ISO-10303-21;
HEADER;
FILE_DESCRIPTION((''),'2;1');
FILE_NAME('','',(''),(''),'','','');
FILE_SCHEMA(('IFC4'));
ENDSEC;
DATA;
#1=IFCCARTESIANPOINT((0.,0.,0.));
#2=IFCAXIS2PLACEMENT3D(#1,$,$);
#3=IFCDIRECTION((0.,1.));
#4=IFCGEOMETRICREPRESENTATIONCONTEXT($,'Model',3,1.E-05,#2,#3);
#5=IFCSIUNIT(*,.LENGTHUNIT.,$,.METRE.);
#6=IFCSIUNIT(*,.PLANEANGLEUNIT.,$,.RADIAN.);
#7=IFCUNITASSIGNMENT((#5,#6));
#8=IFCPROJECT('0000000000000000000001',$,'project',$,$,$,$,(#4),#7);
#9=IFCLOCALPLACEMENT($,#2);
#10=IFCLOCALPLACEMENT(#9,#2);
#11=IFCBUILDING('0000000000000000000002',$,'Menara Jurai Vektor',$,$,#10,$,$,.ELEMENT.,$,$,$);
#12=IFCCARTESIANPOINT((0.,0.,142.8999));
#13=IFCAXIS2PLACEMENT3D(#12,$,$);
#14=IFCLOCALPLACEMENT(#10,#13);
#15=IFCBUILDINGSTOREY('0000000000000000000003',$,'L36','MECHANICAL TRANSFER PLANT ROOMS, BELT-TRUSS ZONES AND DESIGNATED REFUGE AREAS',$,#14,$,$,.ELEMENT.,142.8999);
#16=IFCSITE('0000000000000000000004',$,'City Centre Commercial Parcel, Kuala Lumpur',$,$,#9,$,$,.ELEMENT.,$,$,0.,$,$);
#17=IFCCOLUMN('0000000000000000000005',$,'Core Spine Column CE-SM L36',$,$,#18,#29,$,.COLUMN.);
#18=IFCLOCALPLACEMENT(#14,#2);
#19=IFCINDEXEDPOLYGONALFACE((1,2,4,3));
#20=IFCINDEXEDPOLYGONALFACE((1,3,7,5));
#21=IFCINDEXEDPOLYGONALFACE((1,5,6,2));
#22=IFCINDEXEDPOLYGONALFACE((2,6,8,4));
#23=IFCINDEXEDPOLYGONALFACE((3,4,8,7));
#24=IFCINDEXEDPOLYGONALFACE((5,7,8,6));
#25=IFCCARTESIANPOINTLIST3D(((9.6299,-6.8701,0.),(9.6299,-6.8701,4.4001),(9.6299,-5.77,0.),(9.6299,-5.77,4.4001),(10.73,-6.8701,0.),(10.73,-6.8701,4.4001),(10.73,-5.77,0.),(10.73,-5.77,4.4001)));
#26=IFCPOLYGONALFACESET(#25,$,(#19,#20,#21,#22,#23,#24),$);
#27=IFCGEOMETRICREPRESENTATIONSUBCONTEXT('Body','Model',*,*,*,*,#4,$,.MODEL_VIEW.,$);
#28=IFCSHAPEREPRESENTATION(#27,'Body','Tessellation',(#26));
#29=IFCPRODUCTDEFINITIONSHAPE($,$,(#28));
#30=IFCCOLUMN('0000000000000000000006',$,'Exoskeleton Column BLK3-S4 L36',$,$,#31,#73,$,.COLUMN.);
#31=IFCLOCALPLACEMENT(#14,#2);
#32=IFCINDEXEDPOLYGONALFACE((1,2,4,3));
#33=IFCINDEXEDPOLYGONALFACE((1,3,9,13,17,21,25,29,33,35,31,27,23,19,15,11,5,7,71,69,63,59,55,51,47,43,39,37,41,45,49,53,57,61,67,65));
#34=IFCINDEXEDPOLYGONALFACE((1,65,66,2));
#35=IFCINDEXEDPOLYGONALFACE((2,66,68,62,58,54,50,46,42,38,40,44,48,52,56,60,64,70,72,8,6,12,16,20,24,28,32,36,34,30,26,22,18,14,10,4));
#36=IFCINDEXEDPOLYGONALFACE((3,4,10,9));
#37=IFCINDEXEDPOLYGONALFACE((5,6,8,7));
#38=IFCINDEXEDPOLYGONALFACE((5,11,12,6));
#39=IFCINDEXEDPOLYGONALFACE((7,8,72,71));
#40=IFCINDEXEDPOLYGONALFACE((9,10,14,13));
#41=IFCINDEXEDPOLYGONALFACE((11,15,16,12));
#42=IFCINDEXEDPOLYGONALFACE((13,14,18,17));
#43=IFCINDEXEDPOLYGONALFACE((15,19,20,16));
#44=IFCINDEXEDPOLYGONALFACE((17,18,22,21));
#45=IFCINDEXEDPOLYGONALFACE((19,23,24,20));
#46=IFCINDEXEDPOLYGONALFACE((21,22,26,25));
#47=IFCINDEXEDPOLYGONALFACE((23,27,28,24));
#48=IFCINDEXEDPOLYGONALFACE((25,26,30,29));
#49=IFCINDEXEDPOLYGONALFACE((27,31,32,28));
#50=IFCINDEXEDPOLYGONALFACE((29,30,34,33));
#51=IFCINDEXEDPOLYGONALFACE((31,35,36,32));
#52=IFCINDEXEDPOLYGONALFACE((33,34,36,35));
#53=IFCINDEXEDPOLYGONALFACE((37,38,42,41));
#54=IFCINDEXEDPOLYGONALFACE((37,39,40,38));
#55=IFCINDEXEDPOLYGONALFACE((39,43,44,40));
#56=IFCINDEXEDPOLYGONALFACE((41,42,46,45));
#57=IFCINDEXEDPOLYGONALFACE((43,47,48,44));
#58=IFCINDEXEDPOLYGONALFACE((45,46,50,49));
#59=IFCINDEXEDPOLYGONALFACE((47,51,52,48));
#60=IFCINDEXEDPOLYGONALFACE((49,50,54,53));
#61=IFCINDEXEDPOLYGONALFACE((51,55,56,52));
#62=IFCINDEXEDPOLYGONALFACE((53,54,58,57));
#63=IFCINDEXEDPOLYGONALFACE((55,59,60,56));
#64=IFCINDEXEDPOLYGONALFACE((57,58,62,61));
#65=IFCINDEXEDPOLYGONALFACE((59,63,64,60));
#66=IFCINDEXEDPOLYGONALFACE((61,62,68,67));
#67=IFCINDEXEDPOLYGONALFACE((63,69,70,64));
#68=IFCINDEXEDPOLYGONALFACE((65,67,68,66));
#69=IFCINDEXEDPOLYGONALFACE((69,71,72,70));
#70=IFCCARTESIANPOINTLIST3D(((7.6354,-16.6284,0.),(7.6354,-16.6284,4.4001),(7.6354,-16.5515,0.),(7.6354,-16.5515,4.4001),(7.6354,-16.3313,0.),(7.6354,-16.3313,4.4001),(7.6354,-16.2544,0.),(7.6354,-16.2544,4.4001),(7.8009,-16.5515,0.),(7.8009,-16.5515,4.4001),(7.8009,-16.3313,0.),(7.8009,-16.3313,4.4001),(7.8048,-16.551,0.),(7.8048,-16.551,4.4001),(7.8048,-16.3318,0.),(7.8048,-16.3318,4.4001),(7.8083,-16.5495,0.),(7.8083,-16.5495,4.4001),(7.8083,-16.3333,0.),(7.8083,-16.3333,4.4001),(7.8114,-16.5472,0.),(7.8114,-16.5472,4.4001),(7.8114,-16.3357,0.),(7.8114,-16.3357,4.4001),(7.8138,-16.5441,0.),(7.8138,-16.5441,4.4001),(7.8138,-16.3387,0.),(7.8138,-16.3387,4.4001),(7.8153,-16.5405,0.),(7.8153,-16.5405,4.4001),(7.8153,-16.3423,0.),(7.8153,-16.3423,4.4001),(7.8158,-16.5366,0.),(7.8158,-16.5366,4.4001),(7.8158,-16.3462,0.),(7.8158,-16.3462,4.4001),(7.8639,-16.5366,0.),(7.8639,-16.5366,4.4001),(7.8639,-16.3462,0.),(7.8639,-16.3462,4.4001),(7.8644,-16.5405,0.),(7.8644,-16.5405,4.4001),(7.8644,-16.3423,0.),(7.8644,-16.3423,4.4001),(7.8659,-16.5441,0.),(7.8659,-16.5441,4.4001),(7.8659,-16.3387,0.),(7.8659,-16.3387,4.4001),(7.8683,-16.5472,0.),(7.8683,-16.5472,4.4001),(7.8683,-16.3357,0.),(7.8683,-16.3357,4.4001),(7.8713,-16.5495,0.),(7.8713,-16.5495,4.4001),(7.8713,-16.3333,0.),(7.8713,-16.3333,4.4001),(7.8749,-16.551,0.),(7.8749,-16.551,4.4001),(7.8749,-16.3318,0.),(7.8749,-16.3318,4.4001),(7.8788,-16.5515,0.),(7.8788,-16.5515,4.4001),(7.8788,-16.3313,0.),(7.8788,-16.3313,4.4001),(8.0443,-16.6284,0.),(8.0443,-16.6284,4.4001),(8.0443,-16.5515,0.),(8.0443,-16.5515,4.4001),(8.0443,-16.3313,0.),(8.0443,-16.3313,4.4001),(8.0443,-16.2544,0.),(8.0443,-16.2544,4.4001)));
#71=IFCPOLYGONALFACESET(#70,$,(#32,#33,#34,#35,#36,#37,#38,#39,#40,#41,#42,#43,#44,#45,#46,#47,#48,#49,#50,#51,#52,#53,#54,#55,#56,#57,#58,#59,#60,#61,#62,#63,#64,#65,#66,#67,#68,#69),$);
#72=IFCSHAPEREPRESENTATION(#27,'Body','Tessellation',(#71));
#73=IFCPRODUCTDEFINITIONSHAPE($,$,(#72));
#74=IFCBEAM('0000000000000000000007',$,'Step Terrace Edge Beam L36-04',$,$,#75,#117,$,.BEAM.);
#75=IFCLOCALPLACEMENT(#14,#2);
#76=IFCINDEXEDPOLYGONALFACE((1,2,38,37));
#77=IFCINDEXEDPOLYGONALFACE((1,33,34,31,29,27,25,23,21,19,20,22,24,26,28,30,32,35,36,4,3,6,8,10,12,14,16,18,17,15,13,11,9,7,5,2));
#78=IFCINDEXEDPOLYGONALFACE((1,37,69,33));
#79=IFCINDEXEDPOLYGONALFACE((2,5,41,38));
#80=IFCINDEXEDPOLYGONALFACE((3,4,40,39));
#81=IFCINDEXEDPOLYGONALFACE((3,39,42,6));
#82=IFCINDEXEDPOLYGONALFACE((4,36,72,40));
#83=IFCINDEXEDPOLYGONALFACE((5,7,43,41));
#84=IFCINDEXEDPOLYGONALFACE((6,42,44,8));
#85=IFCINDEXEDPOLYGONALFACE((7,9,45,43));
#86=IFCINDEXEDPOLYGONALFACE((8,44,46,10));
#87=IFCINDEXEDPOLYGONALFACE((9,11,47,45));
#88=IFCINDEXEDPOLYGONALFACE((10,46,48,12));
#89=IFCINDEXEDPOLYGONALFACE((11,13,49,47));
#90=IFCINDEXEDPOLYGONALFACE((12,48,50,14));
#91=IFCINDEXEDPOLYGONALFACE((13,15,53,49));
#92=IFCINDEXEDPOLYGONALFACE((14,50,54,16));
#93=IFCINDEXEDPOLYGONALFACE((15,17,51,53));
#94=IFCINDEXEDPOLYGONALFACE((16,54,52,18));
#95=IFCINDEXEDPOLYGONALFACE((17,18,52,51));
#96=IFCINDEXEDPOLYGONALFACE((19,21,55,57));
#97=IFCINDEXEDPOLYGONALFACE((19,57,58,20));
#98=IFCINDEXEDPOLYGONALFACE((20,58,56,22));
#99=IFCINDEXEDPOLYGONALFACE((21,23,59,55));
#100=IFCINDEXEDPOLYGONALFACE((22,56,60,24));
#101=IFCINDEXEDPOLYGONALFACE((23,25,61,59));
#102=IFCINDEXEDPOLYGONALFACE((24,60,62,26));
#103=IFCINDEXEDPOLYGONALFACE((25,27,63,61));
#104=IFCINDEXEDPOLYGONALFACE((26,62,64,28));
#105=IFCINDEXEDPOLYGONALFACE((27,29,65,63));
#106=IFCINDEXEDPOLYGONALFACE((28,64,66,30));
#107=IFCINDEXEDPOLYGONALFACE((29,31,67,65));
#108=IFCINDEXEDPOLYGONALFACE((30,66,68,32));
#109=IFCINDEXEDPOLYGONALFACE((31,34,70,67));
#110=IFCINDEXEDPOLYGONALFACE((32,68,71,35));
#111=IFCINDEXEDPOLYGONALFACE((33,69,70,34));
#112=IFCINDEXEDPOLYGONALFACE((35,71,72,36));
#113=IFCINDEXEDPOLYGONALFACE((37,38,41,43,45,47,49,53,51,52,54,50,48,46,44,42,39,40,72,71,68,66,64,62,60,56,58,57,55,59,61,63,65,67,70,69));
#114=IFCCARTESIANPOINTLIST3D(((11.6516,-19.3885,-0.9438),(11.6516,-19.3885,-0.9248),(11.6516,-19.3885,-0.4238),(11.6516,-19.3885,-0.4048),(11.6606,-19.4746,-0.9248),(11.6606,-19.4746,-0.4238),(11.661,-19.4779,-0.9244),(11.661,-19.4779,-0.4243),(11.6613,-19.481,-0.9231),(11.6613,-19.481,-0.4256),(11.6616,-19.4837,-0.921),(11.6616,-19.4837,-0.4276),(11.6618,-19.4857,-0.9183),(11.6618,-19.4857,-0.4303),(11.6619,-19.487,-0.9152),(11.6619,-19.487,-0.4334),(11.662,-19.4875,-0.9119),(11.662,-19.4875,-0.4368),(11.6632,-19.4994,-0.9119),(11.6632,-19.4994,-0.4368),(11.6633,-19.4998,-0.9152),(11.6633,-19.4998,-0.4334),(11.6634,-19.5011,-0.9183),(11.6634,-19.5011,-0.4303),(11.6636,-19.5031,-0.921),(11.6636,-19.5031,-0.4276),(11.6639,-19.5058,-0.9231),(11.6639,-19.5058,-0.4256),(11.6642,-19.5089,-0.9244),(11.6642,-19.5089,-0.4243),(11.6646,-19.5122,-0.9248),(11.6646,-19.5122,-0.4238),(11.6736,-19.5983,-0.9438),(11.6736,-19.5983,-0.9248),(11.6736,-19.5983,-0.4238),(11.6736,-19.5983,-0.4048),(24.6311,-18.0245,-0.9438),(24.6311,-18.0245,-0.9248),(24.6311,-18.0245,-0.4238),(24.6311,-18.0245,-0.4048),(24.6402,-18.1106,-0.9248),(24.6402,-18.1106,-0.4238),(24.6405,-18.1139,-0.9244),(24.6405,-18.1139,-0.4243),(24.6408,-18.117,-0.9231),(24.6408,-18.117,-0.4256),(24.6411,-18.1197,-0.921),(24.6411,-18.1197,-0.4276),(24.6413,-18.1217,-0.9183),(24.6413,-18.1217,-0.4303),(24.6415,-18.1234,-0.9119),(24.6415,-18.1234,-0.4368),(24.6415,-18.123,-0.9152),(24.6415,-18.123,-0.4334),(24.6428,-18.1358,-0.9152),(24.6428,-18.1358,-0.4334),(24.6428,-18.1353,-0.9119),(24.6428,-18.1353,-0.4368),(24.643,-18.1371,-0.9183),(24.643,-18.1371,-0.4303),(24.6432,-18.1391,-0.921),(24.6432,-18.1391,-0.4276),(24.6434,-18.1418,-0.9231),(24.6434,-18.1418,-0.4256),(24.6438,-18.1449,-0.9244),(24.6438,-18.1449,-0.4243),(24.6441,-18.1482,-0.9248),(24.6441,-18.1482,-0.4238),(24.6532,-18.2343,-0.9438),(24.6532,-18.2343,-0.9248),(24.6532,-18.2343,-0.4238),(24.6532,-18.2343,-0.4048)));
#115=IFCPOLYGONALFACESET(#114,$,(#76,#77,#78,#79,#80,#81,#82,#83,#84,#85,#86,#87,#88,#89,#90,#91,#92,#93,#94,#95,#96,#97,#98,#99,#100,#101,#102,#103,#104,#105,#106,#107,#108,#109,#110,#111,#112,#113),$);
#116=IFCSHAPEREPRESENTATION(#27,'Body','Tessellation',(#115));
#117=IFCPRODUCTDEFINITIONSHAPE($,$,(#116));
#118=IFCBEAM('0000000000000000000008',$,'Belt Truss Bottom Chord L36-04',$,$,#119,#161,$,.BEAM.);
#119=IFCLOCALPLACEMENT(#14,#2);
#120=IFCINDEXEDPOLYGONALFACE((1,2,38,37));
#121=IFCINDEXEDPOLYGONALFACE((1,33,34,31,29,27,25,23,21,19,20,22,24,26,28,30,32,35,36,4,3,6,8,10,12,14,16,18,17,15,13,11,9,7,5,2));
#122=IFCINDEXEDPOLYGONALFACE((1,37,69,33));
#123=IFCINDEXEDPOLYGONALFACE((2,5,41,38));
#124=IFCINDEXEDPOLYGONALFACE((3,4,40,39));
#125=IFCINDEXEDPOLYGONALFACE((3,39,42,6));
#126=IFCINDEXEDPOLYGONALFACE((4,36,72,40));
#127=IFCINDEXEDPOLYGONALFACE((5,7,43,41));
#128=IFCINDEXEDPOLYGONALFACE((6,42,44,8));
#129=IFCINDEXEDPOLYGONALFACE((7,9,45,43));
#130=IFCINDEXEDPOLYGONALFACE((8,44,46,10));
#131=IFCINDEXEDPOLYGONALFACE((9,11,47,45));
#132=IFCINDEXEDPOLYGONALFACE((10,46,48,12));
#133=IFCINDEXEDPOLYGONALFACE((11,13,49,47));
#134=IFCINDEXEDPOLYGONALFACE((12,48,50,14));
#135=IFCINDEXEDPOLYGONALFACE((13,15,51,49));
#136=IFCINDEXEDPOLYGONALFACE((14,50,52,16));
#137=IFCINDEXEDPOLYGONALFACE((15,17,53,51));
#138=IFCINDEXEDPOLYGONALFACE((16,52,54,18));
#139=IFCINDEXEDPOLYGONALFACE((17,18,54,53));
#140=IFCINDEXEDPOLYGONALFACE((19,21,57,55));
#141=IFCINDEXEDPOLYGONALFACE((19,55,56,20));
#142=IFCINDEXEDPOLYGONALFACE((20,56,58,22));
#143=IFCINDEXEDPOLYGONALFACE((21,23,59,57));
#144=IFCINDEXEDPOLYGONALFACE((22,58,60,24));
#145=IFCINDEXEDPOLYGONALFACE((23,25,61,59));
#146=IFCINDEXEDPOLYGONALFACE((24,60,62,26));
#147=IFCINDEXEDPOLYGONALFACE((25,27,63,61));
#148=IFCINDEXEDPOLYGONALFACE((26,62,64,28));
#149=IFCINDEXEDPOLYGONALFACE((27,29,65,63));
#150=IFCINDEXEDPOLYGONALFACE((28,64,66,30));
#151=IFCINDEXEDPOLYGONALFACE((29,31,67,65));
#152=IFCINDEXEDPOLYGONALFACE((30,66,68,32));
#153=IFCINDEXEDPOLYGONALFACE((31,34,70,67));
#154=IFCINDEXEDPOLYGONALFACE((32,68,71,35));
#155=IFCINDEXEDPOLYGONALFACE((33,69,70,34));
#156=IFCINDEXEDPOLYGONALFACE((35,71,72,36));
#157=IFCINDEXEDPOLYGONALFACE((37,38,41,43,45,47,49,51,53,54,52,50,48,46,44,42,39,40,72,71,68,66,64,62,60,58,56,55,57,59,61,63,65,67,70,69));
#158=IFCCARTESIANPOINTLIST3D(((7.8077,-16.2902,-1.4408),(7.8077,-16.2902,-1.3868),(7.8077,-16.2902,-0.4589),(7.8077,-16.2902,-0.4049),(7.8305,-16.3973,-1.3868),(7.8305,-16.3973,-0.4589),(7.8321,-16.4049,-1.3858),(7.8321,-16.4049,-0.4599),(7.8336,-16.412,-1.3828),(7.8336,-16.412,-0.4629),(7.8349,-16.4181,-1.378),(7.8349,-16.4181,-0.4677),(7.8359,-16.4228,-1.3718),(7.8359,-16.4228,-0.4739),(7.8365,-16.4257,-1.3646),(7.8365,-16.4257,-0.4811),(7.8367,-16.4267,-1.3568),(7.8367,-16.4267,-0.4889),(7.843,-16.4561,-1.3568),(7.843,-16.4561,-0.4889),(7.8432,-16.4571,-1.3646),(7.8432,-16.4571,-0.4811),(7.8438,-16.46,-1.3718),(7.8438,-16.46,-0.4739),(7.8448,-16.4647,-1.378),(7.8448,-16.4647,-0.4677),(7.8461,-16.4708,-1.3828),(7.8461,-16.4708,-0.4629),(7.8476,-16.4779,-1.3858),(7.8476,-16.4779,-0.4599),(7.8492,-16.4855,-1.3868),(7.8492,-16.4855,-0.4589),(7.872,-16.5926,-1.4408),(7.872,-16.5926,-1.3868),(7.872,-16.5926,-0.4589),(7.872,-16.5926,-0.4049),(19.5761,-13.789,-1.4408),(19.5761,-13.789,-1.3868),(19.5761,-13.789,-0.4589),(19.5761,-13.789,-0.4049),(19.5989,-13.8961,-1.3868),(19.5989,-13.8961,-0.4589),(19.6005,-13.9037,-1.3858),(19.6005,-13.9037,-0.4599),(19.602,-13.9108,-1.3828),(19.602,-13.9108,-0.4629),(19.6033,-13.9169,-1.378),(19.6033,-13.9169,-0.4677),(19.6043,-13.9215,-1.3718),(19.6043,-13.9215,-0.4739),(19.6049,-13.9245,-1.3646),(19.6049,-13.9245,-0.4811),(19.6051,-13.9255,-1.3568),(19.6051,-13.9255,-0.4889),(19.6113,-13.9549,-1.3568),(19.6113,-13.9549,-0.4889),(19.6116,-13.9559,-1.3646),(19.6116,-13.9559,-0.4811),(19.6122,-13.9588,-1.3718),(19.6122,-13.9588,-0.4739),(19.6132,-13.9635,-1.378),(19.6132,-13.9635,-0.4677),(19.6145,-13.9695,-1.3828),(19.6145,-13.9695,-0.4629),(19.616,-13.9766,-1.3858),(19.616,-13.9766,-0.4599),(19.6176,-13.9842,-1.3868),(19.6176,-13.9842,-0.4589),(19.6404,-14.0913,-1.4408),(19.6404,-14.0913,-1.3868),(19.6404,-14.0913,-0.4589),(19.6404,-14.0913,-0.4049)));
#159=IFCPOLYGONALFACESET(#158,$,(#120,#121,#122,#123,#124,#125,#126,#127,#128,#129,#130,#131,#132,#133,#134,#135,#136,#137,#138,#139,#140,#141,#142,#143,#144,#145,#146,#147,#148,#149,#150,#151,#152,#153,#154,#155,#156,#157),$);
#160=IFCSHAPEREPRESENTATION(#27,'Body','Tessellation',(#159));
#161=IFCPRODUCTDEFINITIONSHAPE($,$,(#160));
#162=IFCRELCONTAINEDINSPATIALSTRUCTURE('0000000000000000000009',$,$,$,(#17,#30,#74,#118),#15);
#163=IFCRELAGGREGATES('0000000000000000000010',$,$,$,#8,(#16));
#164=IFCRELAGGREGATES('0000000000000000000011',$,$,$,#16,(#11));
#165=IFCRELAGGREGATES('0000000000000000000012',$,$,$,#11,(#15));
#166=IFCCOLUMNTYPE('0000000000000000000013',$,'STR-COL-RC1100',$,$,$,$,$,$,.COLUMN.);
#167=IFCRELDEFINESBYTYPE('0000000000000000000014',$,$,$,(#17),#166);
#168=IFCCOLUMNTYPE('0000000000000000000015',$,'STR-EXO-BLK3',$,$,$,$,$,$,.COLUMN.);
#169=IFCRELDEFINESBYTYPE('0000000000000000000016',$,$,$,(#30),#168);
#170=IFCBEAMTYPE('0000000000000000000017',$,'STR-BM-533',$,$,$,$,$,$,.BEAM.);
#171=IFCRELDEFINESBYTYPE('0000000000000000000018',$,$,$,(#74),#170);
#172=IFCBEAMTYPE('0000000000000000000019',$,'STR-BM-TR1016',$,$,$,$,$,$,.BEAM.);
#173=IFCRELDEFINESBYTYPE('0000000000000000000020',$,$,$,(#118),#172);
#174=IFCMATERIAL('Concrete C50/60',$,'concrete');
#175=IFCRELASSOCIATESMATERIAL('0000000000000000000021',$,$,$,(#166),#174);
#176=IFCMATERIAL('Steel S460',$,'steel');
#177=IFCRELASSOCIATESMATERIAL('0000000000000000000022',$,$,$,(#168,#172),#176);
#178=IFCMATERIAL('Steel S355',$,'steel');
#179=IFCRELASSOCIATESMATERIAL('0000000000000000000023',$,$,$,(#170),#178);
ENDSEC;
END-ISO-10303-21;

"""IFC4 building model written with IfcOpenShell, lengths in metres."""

from ifc_helpers import new_model, si_unit, direction, frame, origin, origin_2d, place, context, subcontext, project, spatial, rectangle, i_section, extrude, material, material_profile, profile_set, type_object, element, save


model = new_model("IFC4")

# Units and contexts
model_context = context("Model", 3, precision=1e-05, world=origin(), true_north=direction((0.0, 1.0)))
body_context = subcontext(model_context, "Body", "Model", "MODEL_VIEW")
ifc_project = project(units=[si_unit("LENGTHUNIT", "METRE"), si_unit("PLANEANGLEUNIT", "RADIAN")], contexts=[model_context])

# Site, building, storey
site_placement = place(None, origin())
site = spatial("IfcSite", under=ifc_project, at=site_placement, Name="City Centre Commercial Parcel, Kuala Lumpur", CompositionType="ELEMENT", RefElevation=0.0)
building_placement = place(site_placement, origin())
building = spatial("IfcBuilding", under=site, at=building_placement, Name="Menara Jurai Vektor", CompositionType="ELEMENT")
storey_placement = place(building_placement, frame((0.0, 0.0, 142.8999)))
storey = spatial("IfcBuildingStorey", under=building, at=storey_placement, Name="L36", Description="MECHANICAL TRANSFER PLANT ROOMS, BELT-TRUSS ZONES AND DESIGNATED REFUGE AREAS", CompositionType="ELEMENT", Elevation=142.8999)

# Columns
ifc_material_1 = material(Name="Concrete C50/60", Category="concrete")
ifc_material_profile_1 = material_profile(ifc_material_1, rectangle(XDim=1.1001, YDim=1.1001, at=origin_2d()), Name="RC 1100x1100")
ifc_profile_set_1 = profile_set([ifc_material_profile_1], Name="Concrete C50/60")
column_type_1 = type_object("IfcColumnType", Name="STR-COL-RC1100", PredefinedType="COLUMN", material=ifc_profile_set_1)
column_1_placement = place(storey_placement, frame((10.1799, -6.3201, 0.0), z_axis=(0.0, 0.0, 1.0), x_axis=(1.0, 0.0, 0.0)))
element("IfcColumn", 1, at=column_1_placement, inside=storey, type_object=column_type_1, Name="Core Spine Column CE-SM L36", PredefinedType="COLUMN", context=body_context, shape_type="SweptSolid", body=[
    extrude(rectangle(XDim=1.1001, YDim=1.1001, at=origin_2d()), origin(), (0.0, 0.0, 1.0), 4.4001),
])
ifc_material_2 = material(Name="Steel S460", Category="steel")
ifc_material_profile_2 = material_profile(ifc_material_2, i_section(OverallWidth=0.4089, OverallDepth=0.374, WebThickness=0.0481, FlangeThickness=0.0769, FilletRadius=0.0149, at=origin_2d()), Name="HD 400x634")
ifc_profile_set_2 = profile_set([ifc_material_profile_2], Name="Steel S460")
column_type_2 = type_object("IfcColumnType", Name="STR-EXO-BLK3", PredefinedType="COLUMN", material=ifc_profile_set_2)
column_2_placement = place(storey_placement, frame((7.8398, -16.4414, 0.0), z_axis=(0.0, 0.0, 1.0), x_axis=(1.0, 0.0, 0.0)))
element("IfcColumn", 2, at=column_2_placement, inside=storey, type_object=column_type_2, Name="Exoskeleton Column BLK3-S4 L36", PredefinedType="COLUMN", context=body_context, shape_type="SweptSolid", body=[
    extrude(i_section(OverallWidth=0.4089, OverallDepth=0.374, WebThickness=0.0481, FlangeThickness=0.0769, FilletRadius=0.0149, at=origin_2d()), origin(), (0.0, 0.0, 1.0), 4.4001),
])

# Beams
ifc_material_3 = material(Name="Steel S355", Category="steel")
ifc_material_profile_3 = material_profile(ifc_material_3, i_section(OverallWidth=0.2109, OverallDepth=0.5391, WebThickness=0.012, FlangeThickness=0.019, FilletRadius=0.0129, at=origin_2d()), Name="UKB 533x210x109")
ifc_profile_set_3 = profile_set([ifc_material_profile_3], Name="Steel S355")
beam_type_1 = type_object("IfcBeamType", Name="STR-BM-533", PredefinedType="BEAM", material=ifc_profile_set_3)
beam_1_placement = place(storey_placement, frame((11.6626, -19.4934, -0.6743), z_axis=(0.994523, 0.104514, 0.0), x_axis=(-0.104514, 0.994523, 0.0)))
element("IfcBeam", 3, at=beam_1_placement, inside=storey, type_object=beam_type_1, Name="Step Terrace Edge Beam L36-04", PredefinedType="BEAM", context=body_context, shape_type="SweptSolid", body=[
    extrude(i_section(OverallWidth=0.2109, OverallDepth=0.5391, WebThickness=0.012, FlangeThickness=0.019, FilletRadius=0.0129, at=origin_2d()), origin(), (0.0, 0.0, 1.0), 13.051),
])
ifc_material_profile_4 = material_profile(ifc_material_2, i_section(OverallWidth=0.3091, OverallDepth=1.0359, WebThickness=0.03, FlangeThickness=0.054, FilletRadius=0.03, at=origin_2d()), Name="UKB 1016x305x487")
ifc_profile_set_4 = profile_set([ifc_material_profile_4], Name="Steel S460")
beam_type_2 = type_object("IfcBeamType", Name="STR-BM-TR1016", PredefinedType="BEAM", material=ifc_profile_set_4)
beam_2_placement = place(storey_placement, frame((7.8398, -16.4414, -0.9229), z_axis=(0.978151, 0.207895, 0.0), x_axis=(-0.207895, 0.978151, 0.0)))
element("IfcBeam", 4, at=beam_2_placement, inside=storey, type_object=beam_type_2, Name="Belt Truss Bottom Chord L36-04", PredefinedType="BEAM", context=body_context, shape_type="SweptSolid", body=[
    extrude(i_section(OverallWidth=0.3091, OverallDepth=1.0359, WebThickness=0.03, FlangeThickness=0.054, FilletRadius=0.03, at=origin_2d()), origin(), (0.0, 0.0, 1.0), 12.0312),
])

save(model, "model.ifc")
